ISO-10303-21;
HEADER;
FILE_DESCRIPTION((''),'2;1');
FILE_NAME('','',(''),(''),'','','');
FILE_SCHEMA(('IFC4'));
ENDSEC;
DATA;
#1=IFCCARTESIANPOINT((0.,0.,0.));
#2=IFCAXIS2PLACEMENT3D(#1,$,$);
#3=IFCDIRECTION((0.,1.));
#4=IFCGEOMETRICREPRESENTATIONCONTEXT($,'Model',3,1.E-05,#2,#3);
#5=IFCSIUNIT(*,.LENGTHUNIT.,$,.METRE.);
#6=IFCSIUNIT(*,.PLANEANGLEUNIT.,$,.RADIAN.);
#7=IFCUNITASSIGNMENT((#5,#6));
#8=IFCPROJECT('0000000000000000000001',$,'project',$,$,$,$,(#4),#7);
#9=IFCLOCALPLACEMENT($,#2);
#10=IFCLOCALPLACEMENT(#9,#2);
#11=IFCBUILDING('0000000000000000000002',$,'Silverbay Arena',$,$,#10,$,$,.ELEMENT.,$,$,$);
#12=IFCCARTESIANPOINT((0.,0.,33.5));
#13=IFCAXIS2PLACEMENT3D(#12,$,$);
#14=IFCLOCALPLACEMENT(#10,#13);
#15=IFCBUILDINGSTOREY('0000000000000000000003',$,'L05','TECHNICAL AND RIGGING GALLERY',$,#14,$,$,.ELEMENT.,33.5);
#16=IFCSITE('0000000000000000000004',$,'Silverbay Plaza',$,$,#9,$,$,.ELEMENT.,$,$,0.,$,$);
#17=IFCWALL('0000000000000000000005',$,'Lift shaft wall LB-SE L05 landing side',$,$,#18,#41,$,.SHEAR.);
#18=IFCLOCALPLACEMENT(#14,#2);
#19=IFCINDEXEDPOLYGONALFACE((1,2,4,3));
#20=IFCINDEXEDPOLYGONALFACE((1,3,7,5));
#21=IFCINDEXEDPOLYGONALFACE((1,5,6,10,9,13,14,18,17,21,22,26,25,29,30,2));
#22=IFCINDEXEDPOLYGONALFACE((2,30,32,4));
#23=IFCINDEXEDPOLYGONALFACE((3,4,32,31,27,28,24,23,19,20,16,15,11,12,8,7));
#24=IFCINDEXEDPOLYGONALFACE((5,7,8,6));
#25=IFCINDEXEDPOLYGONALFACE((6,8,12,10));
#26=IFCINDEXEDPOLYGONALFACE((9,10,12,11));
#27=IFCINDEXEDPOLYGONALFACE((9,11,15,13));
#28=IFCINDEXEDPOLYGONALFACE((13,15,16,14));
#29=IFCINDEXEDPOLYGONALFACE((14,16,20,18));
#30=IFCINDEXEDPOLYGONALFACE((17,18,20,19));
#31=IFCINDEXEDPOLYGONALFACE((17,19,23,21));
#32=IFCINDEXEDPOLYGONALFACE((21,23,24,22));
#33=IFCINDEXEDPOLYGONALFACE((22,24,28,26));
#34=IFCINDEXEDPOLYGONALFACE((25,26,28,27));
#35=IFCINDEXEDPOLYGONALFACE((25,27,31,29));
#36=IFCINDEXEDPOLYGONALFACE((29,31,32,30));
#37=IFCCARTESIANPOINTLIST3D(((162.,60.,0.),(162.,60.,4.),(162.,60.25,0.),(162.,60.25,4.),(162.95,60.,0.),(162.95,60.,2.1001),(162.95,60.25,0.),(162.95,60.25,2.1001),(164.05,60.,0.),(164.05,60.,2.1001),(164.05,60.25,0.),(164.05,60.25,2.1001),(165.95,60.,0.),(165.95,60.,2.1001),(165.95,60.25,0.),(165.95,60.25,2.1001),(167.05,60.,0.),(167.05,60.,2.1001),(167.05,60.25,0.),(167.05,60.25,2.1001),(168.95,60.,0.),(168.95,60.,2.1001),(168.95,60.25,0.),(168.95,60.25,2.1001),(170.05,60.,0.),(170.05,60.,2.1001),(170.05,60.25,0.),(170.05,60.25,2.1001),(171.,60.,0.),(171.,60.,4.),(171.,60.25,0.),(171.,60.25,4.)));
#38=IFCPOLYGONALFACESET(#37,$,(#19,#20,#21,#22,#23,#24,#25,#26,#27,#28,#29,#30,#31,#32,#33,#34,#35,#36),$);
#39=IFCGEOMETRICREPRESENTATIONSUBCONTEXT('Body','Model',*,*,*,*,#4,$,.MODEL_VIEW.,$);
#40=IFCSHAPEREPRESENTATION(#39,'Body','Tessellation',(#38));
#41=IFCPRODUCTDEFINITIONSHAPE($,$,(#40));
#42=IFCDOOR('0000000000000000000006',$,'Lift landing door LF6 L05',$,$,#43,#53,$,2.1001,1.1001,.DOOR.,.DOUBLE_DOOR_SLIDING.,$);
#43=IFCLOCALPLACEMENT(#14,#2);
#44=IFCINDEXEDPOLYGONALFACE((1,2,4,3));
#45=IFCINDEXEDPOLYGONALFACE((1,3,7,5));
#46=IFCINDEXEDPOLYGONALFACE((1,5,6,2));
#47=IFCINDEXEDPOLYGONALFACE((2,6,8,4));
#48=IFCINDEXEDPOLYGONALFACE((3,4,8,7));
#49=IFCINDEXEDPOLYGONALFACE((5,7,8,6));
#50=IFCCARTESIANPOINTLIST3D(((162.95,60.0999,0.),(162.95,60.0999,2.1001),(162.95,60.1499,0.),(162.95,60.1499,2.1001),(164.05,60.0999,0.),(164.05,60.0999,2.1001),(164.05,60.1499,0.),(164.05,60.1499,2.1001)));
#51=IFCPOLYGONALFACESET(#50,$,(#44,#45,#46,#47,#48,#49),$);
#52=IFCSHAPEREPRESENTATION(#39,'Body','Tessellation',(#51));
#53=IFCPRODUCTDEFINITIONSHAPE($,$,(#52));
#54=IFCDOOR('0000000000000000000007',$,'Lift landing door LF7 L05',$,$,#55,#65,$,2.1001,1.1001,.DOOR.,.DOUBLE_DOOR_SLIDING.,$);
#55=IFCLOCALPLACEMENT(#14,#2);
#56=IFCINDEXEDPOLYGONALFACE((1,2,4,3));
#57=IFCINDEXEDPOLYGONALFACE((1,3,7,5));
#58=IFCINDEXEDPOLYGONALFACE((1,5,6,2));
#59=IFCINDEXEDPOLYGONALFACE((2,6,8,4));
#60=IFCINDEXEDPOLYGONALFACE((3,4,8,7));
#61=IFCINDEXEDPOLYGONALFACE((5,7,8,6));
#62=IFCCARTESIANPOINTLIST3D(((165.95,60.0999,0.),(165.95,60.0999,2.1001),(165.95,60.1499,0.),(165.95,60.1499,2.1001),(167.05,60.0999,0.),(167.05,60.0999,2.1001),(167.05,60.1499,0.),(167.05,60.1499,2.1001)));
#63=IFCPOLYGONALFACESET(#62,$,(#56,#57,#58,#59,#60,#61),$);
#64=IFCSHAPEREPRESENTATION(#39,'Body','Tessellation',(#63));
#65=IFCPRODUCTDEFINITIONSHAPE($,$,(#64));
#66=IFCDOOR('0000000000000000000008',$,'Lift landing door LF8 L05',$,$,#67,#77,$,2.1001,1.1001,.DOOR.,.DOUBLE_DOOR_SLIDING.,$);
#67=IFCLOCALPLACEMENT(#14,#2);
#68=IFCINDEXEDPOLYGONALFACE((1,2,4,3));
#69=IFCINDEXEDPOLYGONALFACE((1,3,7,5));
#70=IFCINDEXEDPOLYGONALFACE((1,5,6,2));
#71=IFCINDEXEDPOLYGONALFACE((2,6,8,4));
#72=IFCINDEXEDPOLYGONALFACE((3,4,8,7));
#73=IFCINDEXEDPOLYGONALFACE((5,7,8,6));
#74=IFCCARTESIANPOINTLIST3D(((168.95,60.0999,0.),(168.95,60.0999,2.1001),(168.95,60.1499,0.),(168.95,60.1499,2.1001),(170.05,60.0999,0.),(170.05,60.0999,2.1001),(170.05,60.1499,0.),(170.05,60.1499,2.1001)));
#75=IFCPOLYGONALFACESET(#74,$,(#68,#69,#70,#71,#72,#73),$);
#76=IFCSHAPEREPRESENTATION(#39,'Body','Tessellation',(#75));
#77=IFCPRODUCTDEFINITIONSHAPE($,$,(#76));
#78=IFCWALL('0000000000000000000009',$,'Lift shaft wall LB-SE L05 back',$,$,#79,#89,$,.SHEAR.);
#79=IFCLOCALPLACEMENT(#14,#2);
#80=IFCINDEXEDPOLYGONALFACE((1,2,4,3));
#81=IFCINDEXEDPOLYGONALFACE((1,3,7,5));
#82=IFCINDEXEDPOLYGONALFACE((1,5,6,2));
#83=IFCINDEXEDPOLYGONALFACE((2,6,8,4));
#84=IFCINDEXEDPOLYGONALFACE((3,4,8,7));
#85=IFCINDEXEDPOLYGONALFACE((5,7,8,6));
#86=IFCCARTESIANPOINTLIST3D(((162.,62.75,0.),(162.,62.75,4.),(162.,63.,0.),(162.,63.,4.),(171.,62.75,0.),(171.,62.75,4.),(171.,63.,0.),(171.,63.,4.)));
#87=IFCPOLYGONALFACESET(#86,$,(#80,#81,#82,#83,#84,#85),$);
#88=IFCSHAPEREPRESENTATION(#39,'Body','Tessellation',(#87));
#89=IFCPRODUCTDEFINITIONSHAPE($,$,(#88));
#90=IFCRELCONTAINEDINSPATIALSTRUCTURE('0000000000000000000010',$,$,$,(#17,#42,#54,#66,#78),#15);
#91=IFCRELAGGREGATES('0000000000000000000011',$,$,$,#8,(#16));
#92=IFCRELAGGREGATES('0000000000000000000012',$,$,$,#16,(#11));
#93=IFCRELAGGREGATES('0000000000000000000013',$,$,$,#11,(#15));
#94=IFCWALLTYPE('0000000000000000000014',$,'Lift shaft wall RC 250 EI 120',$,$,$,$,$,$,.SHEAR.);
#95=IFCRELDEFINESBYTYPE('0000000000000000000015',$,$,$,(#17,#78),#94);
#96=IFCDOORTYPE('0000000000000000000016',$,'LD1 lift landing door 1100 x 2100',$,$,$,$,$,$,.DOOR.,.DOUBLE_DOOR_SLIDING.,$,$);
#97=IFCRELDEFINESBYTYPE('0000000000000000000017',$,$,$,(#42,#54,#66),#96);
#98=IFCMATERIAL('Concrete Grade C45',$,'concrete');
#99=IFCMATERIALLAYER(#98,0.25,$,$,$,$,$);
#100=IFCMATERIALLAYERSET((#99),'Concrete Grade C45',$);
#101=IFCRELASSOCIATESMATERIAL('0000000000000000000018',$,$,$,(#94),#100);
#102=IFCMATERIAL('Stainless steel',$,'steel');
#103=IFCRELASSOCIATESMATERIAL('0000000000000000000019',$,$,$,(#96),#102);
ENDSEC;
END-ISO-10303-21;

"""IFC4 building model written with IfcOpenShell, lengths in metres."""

from ifc_helpers import new_model, si_unit, direction, frame, frame_2d, origin, place, context, subcontext, project, spatial, rectangle, extrude, material, layer, layer_set, type_object, element, fill, save


model = new_model("IFC4")

# Units and contexts
model_context = context("Model", 3, precision=1e-05, world=origin(), true_north=direction((0.0, 1.0)))
body_context = subcontext(model_context, "Body", "Model", "MODEL_VIEW")
ifc_project = project(units=[si_unit("LENGTHUNIT", "METRE"), si_unit("PLANEANGLEUNIT", "RADIAN")], contexts=[model_context])

# Site, building, storey
site_placement = place(None, origin())
site = spatial("IfcSite", under=ifc_project, at=site_placement, Name="Silverbay Plaza", CompositionType="ELEMENT", RefElevation=0.0)
building_placement = place(site_placement, origin())
building = spatial("IfcBuilding", under=site, at=building_placement, Name="Silverbay Arena", CompositionType="ELEMENT")
storey_placement = place(building_placement, frame((0.0, 0.0, 33.5)))
storey = spatial("IfcBuildingStorey", under=building, at=storey_placement, Name="L05", Description="TECHNICAL AND RIGGING GALLERY", CompositionType="ELEMENT", Elevation=33.5)

# Wall, openings, doors
ifc_material_1 = material(Name="Concrete Grade C45", Category="concrete")
ifc_layer_1 = layer(ifc_material_1, 0.25)
ifc_layer_set_1 = layer_set([ifc_layer_1], Name="Concrete Grade C45")
wall_type_1 = type_object("IfcWallType", Name="Lift shaft wall RC 250 EI 120", PredefinedType="SHEAR", material=ifc_layer_set_1)
wall_1_placement = place(storey_placement, frame((162.0, 60.125, 0.0), z_axis=(0.0, 0.0, 1.0), x_axis=(1.0, 0.0, 0.0)))
wall_1 = element("IfcWall", 1, at=wall_1_placement, inside=storey, type_object=wall_type_1, Name="Lift shaft wall LB-SE L05 landing side", PredefinedType="SHEAR", context=body_context, shape_type="SweptSolid", body=[
    extrude(rectangle(XDim=9.0, YDim=0.25, at=frame_2d((4.5, 0.0))), origin(), (0.0, 0.0, 1.0), 4.0),
])
opening_1_placement = place(wall_1_placement, frame((0.95, 0.0, 0.0)))
opening_1 = element("IfcOpeningElement", 2, at=opening_1_placement, cuts=wall_1, PredefinedType="OPENING", context=body_context, shape_type="SweptSolid", body=[
    extrude(rectangle(XDim=1.1001, YDim=2.1001, at=frame_2d((0.55, 1.05))), frame((0.0, 0.135, 0.0), z_axis=(0.0, -1.0, 0.0), x_axis=(1.0, 0.0, 0.0)), (0.0, 0.0, 1.0), 0.27),
])
opening_2_placement = place(wall_1_placement, frame((3.95, 0.0, 0.0)))
opening_2 = element("IfcOpeningElement", 3, at=opening_2_placement, cuts=wall_1, PredefinedType="OPENING", context=body_context, shape_type="SweptSolid", body=[
    extrude(rectangle(XDim=1.1001, YDim=2.1001, at=frame_2d((0.55, 1.05))), frame((0.0, 0.135, 0.0), z_axis=(0.0, -1.0, 0.0), x_axis=(1.0, 0.0, 0.0)), (0.0, 0.0, 1.0), 0.27),
])
opening_3_placement = place(wall_1_placement, frame((6.95, 0.0, 0.0)))
opening_3 = element("IfcOpeningElement", 4, at=opening_3_placement, cuts=wall_1, PredefinedType="OPENING", context=body_context, shape_type="SweptSolid", body=[
    extrude(rectangle(XDim=1.1001, YDim=2.1001, at=frame_2d((0.55, 1.05))), frame((0.0, 0.135, 0.0), z_axis=(0.0, -1.0, 0.0), x_axis=(1.0, 0.0, 0.0)), (0.0, 0.0, 1.0), 0.27),
])
ifc_material_2 = material(Name="Stainless steel", Category="steel")
door_type = type_object("IfcDoorType", Name="LD1 lift landing door 1100 x 2100", OperationType="DOUBLE_DOOR_SLIDING", PredefinedType="DOOR", material=ifc_material_2)
door_1_placement = place(opening_1_placement, origin())
door_1 = element("IfcDoor", 5, at=door_1_placement, inside=storey, type_object=door_type, Name="Lift landing door LF6 L05", OperationType="DOUBLE_DOOR_SLIDING", OverallHeight=2.1001, OverallWidth=1.1001, PredefinedType="DOOR", context=body_context, shape_type="SweptSolid", body=[
    extrude(rectangle(XDim=1.1001, YDim=2.1001, at=frame_2d((0.55, 1.05))), frame((0.0, 0.0249, 0.0), z_axis=(0.0, -1.0, 0.0), x_axis=(1.0, 0.0, 0.0)), (0.0, 0.0, 1.0), 0.05),
])
fill(opening_1, door_1)
door_2_placement = place(opening_2_placement, origin())
door_2 = element("IfcDoor", 6, at=door_2_placement, inside=storey, type_object=door_type, Name="Lift landing door LF7 L05", OperationType="DOUBLE_DOOR_SLIDING", OverallHeight=2.1001, OverallWidth=1.1001, PredefinedType="DOOR", context=body_context, shape_type="SweptSolid", body=[
    extrude(rectangle(XDim=1.1001, YDim=2.1001, at=frame_2d((0.55, 1.05))), frame((0.0, 0.0249, 0.0), z_axis=(0.0, -1.0, 0.0), x_axis=(1.0, 0.0, 0.0)), (0.0, 0.0, 1.0), 0.05),
])
fill(opening_2, door_2)
door_3_placement = place(opening_3_placement, origin())
door_3 = element("IfcDoor", 7, at=door_3_placement, inside=storey, type_object=door_type, Name="Lift landing door LF8 L05", OperationType="DOUBLE_DOOR_SLIDING", OverallHeight=2.1001, OverallWidth=1.1001, PredefinedType="DOOR", context=body_context, shape_type="SweptSolid", body=[
    extrude(rectangle(XDim=1.1001, YDim=2.1001, at=frame_2d((0.55, 1.05))), frame((0.0, 0.0249, 0.0), z_axis=(0.0, -1.0, 0.0), x_axis=(1.0, 0.0, 0.0)), (0.0, 0.0, 1.0), 0.05),
])
fill(opening_3, door_3)

# Wall
wall_2_placement = place(storey_placement, frame((162.0, 62.875, 0.0), z_axis=(0.0, 0.0, 1.0), x_axis=(1.0, 0.0, 0.0)))
element("IfcWall", 8, at=wall_2_placement, inside=storey, type_object=wall_type_1, Name="Lift shaft wall LB-SE L05 back", PredefinedType="SHEAR", context=body_context, shape_type="SweptSolid", body=[
    extrude(rectangle(XDim=9.0, YDim=0.25, at=frame_2d((4.5, 0.0))), origin(), (0.0, 0.0, 1.0), 4.0),
])

save(model, "model.ifc")
